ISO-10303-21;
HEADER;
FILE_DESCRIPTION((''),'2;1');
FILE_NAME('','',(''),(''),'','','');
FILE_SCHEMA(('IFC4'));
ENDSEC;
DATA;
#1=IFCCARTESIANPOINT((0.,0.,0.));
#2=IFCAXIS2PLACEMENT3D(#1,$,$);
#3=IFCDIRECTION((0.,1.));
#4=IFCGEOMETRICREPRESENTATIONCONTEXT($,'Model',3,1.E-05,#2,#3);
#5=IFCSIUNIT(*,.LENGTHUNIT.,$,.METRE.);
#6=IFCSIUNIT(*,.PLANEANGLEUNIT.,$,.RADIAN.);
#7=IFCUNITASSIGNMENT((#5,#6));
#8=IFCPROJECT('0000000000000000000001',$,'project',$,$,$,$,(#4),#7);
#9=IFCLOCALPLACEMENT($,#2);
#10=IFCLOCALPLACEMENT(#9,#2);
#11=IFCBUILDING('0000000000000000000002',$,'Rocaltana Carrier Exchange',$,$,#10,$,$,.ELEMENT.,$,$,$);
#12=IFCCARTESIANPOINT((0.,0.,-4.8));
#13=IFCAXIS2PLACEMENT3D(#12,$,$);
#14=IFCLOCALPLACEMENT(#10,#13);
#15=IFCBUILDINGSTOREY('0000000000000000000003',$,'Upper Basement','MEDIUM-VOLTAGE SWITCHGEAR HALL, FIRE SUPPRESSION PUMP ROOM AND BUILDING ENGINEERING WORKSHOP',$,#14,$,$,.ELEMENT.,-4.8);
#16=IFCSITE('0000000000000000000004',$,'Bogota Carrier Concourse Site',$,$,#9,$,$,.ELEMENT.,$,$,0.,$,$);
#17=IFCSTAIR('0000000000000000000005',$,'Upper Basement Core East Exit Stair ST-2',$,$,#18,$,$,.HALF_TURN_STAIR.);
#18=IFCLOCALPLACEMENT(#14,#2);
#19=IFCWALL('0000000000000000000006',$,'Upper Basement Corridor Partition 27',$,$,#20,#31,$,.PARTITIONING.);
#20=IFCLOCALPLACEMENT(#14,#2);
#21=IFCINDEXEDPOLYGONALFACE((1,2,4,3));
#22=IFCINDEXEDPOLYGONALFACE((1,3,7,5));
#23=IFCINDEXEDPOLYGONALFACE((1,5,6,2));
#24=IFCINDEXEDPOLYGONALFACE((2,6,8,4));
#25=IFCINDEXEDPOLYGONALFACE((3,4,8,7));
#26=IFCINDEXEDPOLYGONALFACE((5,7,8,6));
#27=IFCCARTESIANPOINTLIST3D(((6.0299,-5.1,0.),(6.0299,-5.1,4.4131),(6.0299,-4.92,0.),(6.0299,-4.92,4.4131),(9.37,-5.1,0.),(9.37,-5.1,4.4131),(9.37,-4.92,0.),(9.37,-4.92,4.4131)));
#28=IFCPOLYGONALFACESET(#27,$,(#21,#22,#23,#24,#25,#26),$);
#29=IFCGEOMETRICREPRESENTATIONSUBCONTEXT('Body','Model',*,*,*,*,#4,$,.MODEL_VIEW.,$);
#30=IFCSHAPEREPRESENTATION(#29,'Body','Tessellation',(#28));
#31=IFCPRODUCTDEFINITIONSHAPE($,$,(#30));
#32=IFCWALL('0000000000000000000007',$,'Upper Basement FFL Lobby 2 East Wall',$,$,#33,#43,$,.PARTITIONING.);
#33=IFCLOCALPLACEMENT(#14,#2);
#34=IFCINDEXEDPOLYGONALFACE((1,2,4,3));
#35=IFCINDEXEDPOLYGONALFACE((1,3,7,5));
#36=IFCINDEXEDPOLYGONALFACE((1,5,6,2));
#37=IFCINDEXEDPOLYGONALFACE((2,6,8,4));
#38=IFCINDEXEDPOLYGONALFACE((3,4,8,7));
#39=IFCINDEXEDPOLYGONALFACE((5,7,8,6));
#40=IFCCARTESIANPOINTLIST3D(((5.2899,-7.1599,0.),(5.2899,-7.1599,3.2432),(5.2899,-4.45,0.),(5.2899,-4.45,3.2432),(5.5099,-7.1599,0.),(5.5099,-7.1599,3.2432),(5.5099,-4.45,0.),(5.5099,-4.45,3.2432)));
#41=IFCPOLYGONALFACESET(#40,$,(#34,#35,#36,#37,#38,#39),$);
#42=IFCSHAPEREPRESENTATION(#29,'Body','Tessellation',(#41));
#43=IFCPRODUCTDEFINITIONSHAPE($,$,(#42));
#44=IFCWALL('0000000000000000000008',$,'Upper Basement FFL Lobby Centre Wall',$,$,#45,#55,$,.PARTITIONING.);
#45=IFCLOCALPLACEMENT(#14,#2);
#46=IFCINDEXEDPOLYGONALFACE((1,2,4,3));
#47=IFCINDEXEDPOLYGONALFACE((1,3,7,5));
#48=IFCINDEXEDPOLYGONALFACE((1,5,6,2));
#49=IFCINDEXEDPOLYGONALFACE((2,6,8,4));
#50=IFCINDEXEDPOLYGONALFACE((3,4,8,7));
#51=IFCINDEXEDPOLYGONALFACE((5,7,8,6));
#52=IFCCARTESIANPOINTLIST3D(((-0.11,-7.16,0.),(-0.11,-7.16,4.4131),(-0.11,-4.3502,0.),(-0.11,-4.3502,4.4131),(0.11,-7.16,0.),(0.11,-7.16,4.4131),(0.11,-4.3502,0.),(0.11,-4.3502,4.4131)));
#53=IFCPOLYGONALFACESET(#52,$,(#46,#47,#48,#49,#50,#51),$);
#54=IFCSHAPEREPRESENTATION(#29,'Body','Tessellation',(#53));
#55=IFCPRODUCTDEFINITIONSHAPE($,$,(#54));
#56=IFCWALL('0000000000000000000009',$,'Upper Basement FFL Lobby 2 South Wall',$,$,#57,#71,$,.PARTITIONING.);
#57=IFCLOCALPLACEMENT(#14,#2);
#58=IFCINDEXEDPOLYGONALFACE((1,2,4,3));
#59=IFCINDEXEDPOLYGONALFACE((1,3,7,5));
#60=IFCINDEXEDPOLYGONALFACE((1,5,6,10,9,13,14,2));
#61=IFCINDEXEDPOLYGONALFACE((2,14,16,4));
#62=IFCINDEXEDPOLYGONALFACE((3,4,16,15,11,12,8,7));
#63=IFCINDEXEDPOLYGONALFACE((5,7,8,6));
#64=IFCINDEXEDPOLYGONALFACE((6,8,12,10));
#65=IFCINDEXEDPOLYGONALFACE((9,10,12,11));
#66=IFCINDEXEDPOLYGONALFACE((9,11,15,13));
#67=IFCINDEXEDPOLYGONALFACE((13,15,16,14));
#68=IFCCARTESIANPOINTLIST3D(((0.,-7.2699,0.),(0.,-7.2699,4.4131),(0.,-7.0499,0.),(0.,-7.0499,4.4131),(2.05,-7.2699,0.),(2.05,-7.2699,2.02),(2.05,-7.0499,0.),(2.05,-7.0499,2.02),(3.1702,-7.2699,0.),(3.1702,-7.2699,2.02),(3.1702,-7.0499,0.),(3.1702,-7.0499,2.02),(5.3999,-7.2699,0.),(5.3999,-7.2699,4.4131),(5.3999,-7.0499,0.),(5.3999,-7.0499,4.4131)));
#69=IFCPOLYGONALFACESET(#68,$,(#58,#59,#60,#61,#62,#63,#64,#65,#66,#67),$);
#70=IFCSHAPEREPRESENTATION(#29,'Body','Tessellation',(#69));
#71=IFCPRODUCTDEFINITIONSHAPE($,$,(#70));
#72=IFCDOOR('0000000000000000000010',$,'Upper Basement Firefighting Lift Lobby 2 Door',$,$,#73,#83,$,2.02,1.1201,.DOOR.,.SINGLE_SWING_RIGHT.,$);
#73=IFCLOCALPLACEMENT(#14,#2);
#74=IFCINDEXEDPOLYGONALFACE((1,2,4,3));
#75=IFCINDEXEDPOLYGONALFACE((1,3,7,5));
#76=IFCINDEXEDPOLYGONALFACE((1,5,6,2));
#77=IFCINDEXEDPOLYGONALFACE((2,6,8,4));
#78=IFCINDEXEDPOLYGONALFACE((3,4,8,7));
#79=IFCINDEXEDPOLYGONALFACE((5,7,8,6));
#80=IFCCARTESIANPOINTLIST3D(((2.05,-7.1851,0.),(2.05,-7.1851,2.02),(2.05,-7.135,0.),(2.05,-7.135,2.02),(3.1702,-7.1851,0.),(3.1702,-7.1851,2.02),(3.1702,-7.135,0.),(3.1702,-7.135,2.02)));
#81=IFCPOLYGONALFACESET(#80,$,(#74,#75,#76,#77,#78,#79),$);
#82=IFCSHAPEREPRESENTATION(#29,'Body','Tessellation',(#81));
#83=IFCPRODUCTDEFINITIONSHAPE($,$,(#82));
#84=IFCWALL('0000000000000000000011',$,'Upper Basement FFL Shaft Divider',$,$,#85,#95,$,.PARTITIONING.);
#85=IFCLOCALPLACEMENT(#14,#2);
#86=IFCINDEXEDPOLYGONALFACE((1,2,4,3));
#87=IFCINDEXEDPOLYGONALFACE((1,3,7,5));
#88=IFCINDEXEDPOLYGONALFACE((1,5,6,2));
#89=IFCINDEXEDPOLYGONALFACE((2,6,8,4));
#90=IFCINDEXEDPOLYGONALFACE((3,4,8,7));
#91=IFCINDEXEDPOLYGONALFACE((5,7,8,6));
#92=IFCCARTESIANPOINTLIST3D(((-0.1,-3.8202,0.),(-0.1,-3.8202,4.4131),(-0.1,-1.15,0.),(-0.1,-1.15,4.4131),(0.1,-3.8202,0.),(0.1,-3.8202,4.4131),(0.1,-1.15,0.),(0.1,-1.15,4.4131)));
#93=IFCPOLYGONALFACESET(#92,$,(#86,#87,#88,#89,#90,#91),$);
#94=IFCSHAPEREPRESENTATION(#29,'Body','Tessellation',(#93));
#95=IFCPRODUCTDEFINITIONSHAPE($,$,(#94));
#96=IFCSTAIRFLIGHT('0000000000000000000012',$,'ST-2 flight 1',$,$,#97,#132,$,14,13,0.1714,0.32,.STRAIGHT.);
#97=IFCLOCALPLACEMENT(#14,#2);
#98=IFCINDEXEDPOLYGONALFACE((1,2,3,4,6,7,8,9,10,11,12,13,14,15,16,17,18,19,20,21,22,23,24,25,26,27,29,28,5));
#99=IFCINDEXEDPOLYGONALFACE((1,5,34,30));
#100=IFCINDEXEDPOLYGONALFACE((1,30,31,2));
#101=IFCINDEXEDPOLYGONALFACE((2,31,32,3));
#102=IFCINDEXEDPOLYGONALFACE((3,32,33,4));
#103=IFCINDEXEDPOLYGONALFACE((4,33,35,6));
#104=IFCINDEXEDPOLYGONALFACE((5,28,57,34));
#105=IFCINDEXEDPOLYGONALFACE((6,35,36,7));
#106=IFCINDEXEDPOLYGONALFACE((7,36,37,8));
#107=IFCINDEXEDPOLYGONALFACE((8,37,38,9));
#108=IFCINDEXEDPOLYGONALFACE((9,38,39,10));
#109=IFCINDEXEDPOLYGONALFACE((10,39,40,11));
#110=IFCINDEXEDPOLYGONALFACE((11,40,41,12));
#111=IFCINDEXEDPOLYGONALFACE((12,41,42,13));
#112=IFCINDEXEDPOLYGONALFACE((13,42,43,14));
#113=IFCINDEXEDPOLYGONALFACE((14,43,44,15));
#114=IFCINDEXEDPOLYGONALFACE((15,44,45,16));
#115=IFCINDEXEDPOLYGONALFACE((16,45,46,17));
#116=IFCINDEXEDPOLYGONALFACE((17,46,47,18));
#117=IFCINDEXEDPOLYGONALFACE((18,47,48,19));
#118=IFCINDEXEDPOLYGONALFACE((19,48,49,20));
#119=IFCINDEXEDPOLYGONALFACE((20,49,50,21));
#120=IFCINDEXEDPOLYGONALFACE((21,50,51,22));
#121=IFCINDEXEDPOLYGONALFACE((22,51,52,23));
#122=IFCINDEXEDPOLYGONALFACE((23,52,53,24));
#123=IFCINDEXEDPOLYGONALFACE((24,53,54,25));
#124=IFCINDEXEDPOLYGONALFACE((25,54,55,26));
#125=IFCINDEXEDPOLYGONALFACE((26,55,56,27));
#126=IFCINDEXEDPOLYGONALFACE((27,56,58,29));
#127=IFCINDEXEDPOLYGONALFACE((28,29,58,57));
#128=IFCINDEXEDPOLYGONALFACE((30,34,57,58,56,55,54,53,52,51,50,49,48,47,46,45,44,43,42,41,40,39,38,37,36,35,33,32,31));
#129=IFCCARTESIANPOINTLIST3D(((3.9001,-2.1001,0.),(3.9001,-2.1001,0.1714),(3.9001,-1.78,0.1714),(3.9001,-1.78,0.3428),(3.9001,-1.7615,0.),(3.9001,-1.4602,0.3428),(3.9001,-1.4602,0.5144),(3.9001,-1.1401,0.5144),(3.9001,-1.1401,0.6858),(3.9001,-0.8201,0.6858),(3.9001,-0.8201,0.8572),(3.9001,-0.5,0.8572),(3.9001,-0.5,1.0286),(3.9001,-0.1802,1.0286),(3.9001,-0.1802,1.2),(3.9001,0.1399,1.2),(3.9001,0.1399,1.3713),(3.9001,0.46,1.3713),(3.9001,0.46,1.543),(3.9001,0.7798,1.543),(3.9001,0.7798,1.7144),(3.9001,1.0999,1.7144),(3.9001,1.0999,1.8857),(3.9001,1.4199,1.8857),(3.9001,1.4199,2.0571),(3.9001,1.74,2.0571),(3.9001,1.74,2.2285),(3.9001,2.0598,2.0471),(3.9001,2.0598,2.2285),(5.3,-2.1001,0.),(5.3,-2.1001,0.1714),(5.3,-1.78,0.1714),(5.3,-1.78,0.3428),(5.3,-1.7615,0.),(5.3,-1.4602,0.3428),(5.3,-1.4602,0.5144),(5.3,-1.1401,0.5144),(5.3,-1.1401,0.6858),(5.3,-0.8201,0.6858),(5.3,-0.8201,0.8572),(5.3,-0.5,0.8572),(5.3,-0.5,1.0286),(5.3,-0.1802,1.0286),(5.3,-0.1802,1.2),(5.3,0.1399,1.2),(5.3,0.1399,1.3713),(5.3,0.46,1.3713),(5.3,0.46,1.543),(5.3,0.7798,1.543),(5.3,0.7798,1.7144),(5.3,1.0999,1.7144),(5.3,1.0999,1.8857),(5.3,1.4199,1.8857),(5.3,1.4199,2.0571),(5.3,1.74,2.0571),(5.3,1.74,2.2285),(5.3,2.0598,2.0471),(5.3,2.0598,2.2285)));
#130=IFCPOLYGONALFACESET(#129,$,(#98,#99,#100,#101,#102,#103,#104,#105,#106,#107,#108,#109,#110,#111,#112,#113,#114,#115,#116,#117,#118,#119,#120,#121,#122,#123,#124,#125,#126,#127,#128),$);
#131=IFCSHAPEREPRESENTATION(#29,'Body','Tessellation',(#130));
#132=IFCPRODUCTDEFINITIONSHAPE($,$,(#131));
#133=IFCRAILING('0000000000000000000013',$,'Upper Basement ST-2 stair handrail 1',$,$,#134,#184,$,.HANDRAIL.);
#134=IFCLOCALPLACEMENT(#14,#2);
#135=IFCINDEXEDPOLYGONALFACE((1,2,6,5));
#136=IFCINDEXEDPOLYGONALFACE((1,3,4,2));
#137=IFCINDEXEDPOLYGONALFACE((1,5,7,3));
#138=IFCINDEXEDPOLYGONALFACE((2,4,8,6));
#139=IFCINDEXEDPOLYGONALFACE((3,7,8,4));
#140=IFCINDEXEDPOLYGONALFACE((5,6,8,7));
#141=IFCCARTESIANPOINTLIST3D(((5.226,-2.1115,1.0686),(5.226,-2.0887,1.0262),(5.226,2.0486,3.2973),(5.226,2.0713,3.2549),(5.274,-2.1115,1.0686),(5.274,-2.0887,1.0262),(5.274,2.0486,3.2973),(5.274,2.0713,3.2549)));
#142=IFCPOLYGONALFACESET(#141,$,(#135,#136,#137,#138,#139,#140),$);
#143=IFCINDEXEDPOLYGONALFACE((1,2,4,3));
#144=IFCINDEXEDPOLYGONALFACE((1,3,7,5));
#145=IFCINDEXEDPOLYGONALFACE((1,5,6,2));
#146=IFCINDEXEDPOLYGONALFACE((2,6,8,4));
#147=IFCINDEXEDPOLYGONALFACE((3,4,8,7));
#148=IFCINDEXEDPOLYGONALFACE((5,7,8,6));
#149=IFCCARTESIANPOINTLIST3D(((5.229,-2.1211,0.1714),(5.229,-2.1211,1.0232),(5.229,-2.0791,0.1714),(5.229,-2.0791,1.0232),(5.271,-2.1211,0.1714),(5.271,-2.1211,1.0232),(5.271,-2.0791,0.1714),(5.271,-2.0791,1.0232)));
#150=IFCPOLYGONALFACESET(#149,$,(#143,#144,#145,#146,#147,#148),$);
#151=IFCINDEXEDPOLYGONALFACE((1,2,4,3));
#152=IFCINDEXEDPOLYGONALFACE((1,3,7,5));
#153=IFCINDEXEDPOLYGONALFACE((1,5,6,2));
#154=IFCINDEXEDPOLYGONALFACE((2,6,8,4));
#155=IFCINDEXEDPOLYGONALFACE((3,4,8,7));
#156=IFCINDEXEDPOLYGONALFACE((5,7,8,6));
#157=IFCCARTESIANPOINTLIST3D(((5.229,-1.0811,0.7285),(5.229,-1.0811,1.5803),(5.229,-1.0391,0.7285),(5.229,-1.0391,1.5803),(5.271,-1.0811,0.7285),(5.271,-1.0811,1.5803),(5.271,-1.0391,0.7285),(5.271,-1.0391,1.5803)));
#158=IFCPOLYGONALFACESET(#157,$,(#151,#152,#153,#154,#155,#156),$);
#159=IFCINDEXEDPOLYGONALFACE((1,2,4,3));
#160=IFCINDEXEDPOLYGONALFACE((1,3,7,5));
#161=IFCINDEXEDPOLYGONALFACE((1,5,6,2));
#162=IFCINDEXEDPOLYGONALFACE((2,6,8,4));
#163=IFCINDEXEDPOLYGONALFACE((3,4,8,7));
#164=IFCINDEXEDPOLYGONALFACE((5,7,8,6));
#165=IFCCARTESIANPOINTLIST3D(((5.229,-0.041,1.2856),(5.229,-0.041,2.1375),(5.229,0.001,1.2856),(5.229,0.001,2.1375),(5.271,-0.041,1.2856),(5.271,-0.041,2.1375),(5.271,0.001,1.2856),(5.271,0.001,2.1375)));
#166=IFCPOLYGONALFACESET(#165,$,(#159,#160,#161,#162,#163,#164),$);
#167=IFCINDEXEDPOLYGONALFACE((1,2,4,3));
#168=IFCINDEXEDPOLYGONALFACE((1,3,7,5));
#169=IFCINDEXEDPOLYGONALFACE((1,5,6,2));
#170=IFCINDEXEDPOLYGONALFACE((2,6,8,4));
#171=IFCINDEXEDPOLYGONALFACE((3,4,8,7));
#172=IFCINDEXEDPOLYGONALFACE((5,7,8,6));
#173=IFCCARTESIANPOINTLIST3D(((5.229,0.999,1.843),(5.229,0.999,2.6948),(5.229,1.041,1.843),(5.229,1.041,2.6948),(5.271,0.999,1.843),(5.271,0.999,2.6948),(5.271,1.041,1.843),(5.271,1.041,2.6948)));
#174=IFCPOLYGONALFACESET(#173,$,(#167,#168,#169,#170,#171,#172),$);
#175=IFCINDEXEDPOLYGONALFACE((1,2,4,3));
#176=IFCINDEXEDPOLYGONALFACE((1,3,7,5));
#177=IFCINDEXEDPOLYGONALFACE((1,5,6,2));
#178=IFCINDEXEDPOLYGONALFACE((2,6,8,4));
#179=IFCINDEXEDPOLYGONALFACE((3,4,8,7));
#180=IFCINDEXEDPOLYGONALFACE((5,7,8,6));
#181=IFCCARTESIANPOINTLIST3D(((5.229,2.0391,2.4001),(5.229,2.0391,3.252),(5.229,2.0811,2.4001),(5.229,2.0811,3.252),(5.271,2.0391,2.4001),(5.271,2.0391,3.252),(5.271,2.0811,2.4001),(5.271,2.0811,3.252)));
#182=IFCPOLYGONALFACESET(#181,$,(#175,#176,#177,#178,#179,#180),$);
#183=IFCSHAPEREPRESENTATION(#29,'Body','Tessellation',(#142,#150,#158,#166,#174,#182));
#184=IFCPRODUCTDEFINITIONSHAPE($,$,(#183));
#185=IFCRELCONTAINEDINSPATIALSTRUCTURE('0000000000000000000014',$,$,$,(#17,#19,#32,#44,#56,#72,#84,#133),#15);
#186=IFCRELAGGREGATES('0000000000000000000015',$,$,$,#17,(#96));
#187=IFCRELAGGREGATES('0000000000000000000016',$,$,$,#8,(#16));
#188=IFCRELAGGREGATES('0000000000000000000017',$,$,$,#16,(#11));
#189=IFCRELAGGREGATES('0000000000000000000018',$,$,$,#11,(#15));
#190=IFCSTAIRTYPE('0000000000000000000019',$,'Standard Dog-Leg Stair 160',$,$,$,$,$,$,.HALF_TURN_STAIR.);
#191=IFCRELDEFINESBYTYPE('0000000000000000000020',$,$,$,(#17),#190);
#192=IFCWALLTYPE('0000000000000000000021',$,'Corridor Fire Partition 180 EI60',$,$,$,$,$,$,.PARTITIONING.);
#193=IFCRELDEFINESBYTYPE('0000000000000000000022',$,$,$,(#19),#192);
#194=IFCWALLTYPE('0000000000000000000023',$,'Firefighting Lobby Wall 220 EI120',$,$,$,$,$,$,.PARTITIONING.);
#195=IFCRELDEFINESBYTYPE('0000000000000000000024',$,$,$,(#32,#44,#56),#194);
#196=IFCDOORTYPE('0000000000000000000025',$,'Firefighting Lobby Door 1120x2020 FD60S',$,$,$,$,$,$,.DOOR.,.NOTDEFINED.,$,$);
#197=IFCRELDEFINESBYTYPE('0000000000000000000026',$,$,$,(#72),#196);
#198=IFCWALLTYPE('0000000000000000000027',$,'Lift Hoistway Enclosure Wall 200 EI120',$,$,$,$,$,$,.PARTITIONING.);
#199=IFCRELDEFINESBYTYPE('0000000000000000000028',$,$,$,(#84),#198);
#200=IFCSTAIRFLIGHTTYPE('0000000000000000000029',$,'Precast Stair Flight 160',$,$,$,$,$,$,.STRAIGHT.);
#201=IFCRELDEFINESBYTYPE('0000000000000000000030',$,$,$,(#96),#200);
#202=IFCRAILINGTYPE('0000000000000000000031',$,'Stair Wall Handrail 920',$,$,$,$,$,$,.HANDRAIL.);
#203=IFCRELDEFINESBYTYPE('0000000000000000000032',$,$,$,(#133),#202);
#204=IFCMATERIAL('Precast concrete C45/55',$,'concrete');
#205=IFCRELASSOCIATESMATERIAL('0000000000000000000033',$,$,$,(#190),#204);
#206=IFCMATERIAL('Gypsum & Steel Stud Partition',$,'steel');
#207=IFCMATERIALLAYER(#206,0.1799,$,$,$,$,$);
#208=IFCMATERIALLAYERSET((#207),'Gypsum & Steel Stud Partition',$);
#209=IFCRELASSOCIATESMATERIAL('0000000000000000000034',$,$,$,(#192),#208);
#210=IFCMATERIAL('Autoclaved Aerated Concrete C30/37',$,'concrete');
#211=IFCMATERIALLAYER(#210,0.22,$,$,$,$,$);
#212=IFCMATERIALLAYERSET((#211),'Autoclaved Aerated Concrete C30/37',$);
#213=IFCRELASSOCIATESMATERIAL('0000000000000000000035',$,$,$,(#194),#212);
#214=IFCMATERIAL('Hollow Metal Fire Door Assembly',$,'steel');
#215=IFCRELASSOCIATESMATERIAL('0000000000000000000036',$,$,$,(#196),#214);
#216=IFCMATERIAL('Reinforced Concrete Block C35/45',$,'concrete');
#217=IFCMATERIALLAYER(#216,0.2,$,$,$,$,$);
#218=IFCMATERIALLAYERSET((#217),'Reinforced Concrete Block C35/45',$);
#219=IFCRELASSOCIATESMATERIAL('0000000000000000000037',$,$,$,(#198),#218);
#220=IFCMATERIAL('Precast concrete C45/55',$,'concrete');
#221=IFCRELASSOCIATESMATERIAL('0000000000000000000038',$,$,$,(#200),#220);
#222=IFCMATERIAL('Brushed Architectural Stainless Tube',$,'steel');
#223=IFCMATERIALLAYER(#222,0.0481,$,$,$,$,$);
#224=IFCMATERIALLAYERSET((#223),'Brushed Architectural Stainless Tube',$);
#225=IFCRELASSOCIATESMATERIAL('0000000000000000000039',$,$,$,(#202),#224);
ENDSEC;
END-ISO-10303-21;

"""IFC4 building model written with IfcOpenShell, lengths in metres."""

from ifc_helpers import new_model, si_unit, direction, frame, frame_2d, origin, origin_2d, place, context, subcontext, project, spatial, polyline, rectangle, outline, extrude, material, layer, layer_set, type_object, element, fill, aggregate, save


model = new_model("IFC4")

# Units and contexts
model_context = context("Model", 3, precision=1e-05, world=origin(), true_north=direction((0.0, 1.0)))
body_context = subcontext(model_context, "Body", "Model", "MODEL_VIEW")
ifc_project = project(units=[si_unit("LENGTHUNIT", "METRE"), si_unit("PLANEANGLEUNIT", "RADIAN")], contexts=[model_context])

# Site, building, storey
site_placement = place(None, origin())
site = spatial("IfcSite", under=ifc_project, at=site_placement, Name="Bogota Carrier Concourse Site", CompositionType="ELEMENT", RefElevation=0.0)
building_placement = place(site_placement, origin())
building = spatial("IfcBuilding", under=site, at=building_placement, Name="Rocaltana Carrier Exchange", CompositionType="ELEMENT")
storey_placement = place(building_placement, frame((0.0, 0.0, -4.8)))
storey = spatial("IfcBuildingStorey", under=building, at=storey_placement, Name="Upper Basement", Description="MEDIUM-VOLTAGE SWITCHGEAR HALL, FIRE SUPPRESSION PUMP ROOM AND BUILDING ENGINEERING WORKSHOP", CompositionType="ELEMENT", Elevation=-4.8)

# Stair
ifc_material_1 = material(Name="Precast concrete C45/55", Category="concrete")
stair_type = type_object("IfcStairType", Name="Standard Dog-Leg Stair 160", PredefinedType="HALF_TURN_STAIR", material=ifc_material_1)
stair_1_placement = place(storey_placement, origin())
stair_1 = element("IfcStair", 1, at=stair_1_placement, inside=storey, type_object=stair_type, Name="Upper Basement Core East Exit Stair ST-2", PredefinedType="HALF_TURN_STAIR")

# Shared definitions
ifc_material_2 = material(Name="Gypsum & Steel Stud Partition", Category="steel")
ifc_layer_1 = layer(ifc_material_2, 0.1799)
ifc_layer_set_1 = layer_set([ifc_layer_1], Name="Gypsum & Steel Stud Partition")
wall_type_1 = type_object("IfcWallType", Name="Corridor Fire Partition 180 EI60", PredefinedType="PARTITIONING", material=ifc_layer_set_1)

# Walls
wall_1_placement = place(storey_placement, frame((6.03, -5.01, 0.0), z_axis=(0.0, 0.0, 1.0), x_axis=(1.0, 0.0, 0.0)))
element("IfcWall", 2, at=wall_1_placement, inside=storey, type_object=wall_type_1, Name="Upper Basement Corridor Partition 27", PredefinedType="PARTITIONING", context=body_context, shape_type="SweptSolid", body=[
    extrude(rectangle(XDim=3.3401, YDim=0.1799, at=frame_2d((1.6699, 0.0))), origin(), (0.0, 0.0, 1.0), 4.4131),
])
ifc_material_3 = material(Name="Autoclaved Aerated Concrete C30/37", Category="concrete")
ifc_layer_2 = layer(ifc_material_3, 0.22)
ifc_layer_set_2 = layer_set([ifc_layer_2], Name="Autoclaved Aerated Concrete C30/37")
wall_type_2 = type_object("IfcWallType", Name="Firefighting Lobby Wall 220 EI120", PredefinedType="PARTITIONING", material=ifc_layer_set_2)
wall_2_placement = place(storey_placement, frame((5.3999, -7.1599, 0.0), z_axis=(0.0, 0.0, 1.0), x_axis=(0.0, 1.0, 0.0)))
element("IfcWall", 3, at=wall_2_placement, inside=storey, type_object=wall_type_2, Name="Upper Basement FFL Lobby 2 East Wall", PredefinedType="PARTITIONING", context=body_context, shape_type="SweptSolid", body=[
    extrude(rectangle(XDim=2.71, YDim=0.22, at=frame_2d((1.355, 0.0))), origin(), (0.0, 0.0, 1.0), 3.2432),
])
wall_3_placement = place(storey_placement, frame((0.0, -7.1599, 0.0), z_axis=(0.0, 0.0, 1.0), x_axis=(0.0, 1.0, 0.0)))
element("IfcWall", 4, at=wall_3_placement, inside=storey, type_object=wall_type_2, Name="Upper Basement FFL Lobby Centre Wall", PredefinedType="PARTITIONING", context=body_context, shape_type="SweptSolid", body=[
    extrude(rectangle(XDim=2.8098, YDim=0.22, at=frame_2d((1.4048, 0.0))), origin(), (0.0, 0.0, 1.0), 4.4131),
])

# Wall, opening, door
wall_4_placement = place(storey_placement, frame((0.0, -7.1599, 0.0), z_axis=(0.0, 0.0, 1.0), x_axis=(1.0, 0.0, 0.0)))
wall_4 = element("IfcWall", 5, at=wall_4_placement, inside=storey, type_object=wall_type_2, Name="Upper Basement FFL Lobby 2 South Wall", PredefinedType="PARTITIONING", context=body_context, shape_type="SweptSolid", body=[
    extrude(rectangle(XDim=5.3999, YDim=0.22, at=frame_2d((2.7, 0.0))), origin(), (0.0, 0.0, 1.0), 4.4131),
])
opening_1_placement = place(wall_4_placement, frame((2.05, 0.0, 0.0)))
opening_1 = element("IfcOpeningElement", 6, at=opening_1_placement, cuts=wall_4, PredefinedType="OPENING", context=body_context, shape_type="SweptSolid", body=[
    extrude(rectangle(XDim=1.1201, YDim=2.02, at=frame_2d((0.5601, 1.01))), frame((0.0, 0.1199, 0.0), z_axis=(0.0, -1.0, 0.0), x_axis=(1.0, 0.0, 0.0)), (0.0, 0.0, 1.0), 0.24),
])
ifc_material_4 = material(Name="Hollow Metal Fire Door Assembly", Category="steel")
door_type_1 = type_object("IfcDoorType", Name="Firefighting Lobby Door 1120x2020 FD60S", OperationType="NOTDEFINED", PredefinedType="DOOR", material=ifc_material_4)
door_1_placement = place(opening_1_placement, origin())
door_1 = element("IfcDoor", 7, at=door_1_placement, inside=storey, type_object=door_type_1, Name="Upper Basement Firefighting Lift Lobby 2 Door", OperationType="SINGLE_SWING_RIGHT", OverallHeight=2.02, OverallWidth=1.1201, PredefinedType="DOOR", context=body_context, shape_type="SweptSolid", body=[
    extrude(rectangle(XDim=1.1201, YDim=2.02, at=frame_2d((0.5601, 1.01))), frame((0.0, 0.0249, 0.0), z_axis=(0.0, -1.0, 0.0), x_axis=(1.0, 0.0, 0.0)), (0.0, 0.0, 1.0), 0.05),
])
fill(opening_1, door_1)

# Wall
ifc_material_5 = material(Name="Reinforced Concrete Block C35/45", Category="concrete")
ifc_layer_3 = layer(ifc_material_5, 0.2)
ifc_layer_set_3 = layer_set([ifc_layer_3], Name="Reinforced Concrete Block C35/45")
wall_type_3 = type_object("IfcWallType", Name="Lift Hoistway Enclosure Wall 200 EI120", PredefinedType="PARTITIONING", material=ifc_layer_set_3)
wall_5_placement = place(storey_placement, frame((0.0, -3.8201, 0.0), z_axis=(0.0, 0.0, 1.0), x_axis=(0.0, 1.0, 0.0)))
element("IfcWall", 8, at=wall_5_placement, inside=storey, type_object=wall_type_3, Name="Upper Basement FFL Shaft Divider", PredefinedType="PARTITIONING", context=body_context, shape_type="SweptSolid", body=[
    extrude(rectangle(XDim=2.6702, YDim=0.2, at=frame_2d((1.335, 0.0))), origin(), (0.0, 0.0, 1.0), 4.4131),
])

# Stair flight
ifc_material_6 = material(Name="Precast concrete C45/55", Category="concrete")
stair_flight_type = type_object("IfcStairFlightType", Name="Precast Stair Flight 160", PredefinedType="STRAIGHT", material=ifc_material_6)
stair_flight_placement = place(storey_placement, frame((4.6001, -2.1001, 0.0), z_axis=(0.0, 0.0, 1.0), x_axis=(0.0, 1.0, 0.0)))
stair_flight = element("IfcStairFlight", 9, at=stair_flight_placement, type_object=stair_flight_type, Name="ST-2 flight 1", NumberOfRisers=14, NumberOfTreads=13, PredefinedType="STRAIGHT", RiserHeight=0.1714, TreadLength=0.32, context=body_context, shape_type="SweptSolid", body=[
    extrude(outline(polyline([(0.0, 0.0), (0.0, 0.1714), (0.3201, 0.1714), (0.3201, 0.3428), (0.6399, 0.3428), (0.6399, 0.5144), (0.96, 0.5144), (0.96, 0.6858), (1.28, 0.6858), (1.28, 0.8572), (1.6001, 0.8572), (1.6001, 1.0286), (1.9199, 1.0286), (1.9199, 1.2), (2.24, 1.2), (2.24, 1.3713), (2.5601, 1.3713), (2.5601, 1.543), (2.8799, 1.543), (2.8799, 1.7144), (3.2, 1.7144), (3.2, 1.8857), (3.52, 1.8857), (3.52, 2.0571), (3.8401, 2.0571), (3.8401, 2.2285), (4.1599, 2.2285), (4.1599, 2.3999), (4.1599, 2.0471), (0.3386, 0.0), (0.0, 0.0)])), frame((0.0, 0.7, 0.0), z_axis=(0.0, -1.0, 0.0), x_axis=(1.0, 0.0, 0.0)), (0.0, 0.0, 1.0), 1.3999),
])
aggregate(stair_1, [stair_flight])

# Railing
ifc_material_7 = material(Name="Brushed Architectural Stainless Tube", Category="steel")
ifc_layer_4 = layer(ifc_material_7, 0.0481)
ifc_layer_set_4 = layer_set([ifc_layer_4], Name="Brushed Architectural Stainless Tube")
railing_type_1 = type_object("IfcRailingType", Name="Stair Wall Handrail 920", PredefinedType="HANDRAIL", material=ifc_layer_set_4)
railing_1_placement = place(storey_placement, frame((5.25, -2.1001, 0.1714)))
element("IfcRailing", 10, at=railing_1_placement, inside=storey, type_object=railing_type_1, Name="Upper Basement ST-2 stair handrail 1", PredefinedType="HANDRAIL", context=body_context, shape_type="SweptSolid", body=[
    extrude(rectangle(XDim=0.0481, YDim=0.0481, at=origin_2d()), frame((0.0, 0.0, 0.876), z_axis=(0.0, 0.881471, 0.472239), x_axis=(-1.0, 0.0, 0.0)), (0.0, 0.0, 1.0), 4.7195),
    extrude(rectangle(XDim=0.042, YDim=0.042, at=origin_2d()), origin(), (0.0, 0.0, 1.0), 0.8518),
    extrude(rectangle(XDim=0.042, YDim=0.042, at=origin_2d()), frame((0.0, 1.04, 0.5571)), (0.0, 0.0, 1.0), 0.8518),
    extrude(rectangle(XDim=0.042, YDim=0.042, at=origin_2d()), frame((0.0, 2.0801, 1.1143)), (0.0, 0.0, 1.0), 0.8518),
    extrude(rectangle(XDim=0.042, YDim=0.042, at=origin_2d()), frame((0.0, 3.1201, 1.6716)), (0.0, 0.0, 1.0), 0.8518),
    extrude(rectangle(XDim=0.042, YDim=0.042, at=origin_2d()), frame((0.0, 4.1602, 2.2288)), (0.0, 0.0, 1.0), 0.8518),
])

save(model, "model.ifc")
